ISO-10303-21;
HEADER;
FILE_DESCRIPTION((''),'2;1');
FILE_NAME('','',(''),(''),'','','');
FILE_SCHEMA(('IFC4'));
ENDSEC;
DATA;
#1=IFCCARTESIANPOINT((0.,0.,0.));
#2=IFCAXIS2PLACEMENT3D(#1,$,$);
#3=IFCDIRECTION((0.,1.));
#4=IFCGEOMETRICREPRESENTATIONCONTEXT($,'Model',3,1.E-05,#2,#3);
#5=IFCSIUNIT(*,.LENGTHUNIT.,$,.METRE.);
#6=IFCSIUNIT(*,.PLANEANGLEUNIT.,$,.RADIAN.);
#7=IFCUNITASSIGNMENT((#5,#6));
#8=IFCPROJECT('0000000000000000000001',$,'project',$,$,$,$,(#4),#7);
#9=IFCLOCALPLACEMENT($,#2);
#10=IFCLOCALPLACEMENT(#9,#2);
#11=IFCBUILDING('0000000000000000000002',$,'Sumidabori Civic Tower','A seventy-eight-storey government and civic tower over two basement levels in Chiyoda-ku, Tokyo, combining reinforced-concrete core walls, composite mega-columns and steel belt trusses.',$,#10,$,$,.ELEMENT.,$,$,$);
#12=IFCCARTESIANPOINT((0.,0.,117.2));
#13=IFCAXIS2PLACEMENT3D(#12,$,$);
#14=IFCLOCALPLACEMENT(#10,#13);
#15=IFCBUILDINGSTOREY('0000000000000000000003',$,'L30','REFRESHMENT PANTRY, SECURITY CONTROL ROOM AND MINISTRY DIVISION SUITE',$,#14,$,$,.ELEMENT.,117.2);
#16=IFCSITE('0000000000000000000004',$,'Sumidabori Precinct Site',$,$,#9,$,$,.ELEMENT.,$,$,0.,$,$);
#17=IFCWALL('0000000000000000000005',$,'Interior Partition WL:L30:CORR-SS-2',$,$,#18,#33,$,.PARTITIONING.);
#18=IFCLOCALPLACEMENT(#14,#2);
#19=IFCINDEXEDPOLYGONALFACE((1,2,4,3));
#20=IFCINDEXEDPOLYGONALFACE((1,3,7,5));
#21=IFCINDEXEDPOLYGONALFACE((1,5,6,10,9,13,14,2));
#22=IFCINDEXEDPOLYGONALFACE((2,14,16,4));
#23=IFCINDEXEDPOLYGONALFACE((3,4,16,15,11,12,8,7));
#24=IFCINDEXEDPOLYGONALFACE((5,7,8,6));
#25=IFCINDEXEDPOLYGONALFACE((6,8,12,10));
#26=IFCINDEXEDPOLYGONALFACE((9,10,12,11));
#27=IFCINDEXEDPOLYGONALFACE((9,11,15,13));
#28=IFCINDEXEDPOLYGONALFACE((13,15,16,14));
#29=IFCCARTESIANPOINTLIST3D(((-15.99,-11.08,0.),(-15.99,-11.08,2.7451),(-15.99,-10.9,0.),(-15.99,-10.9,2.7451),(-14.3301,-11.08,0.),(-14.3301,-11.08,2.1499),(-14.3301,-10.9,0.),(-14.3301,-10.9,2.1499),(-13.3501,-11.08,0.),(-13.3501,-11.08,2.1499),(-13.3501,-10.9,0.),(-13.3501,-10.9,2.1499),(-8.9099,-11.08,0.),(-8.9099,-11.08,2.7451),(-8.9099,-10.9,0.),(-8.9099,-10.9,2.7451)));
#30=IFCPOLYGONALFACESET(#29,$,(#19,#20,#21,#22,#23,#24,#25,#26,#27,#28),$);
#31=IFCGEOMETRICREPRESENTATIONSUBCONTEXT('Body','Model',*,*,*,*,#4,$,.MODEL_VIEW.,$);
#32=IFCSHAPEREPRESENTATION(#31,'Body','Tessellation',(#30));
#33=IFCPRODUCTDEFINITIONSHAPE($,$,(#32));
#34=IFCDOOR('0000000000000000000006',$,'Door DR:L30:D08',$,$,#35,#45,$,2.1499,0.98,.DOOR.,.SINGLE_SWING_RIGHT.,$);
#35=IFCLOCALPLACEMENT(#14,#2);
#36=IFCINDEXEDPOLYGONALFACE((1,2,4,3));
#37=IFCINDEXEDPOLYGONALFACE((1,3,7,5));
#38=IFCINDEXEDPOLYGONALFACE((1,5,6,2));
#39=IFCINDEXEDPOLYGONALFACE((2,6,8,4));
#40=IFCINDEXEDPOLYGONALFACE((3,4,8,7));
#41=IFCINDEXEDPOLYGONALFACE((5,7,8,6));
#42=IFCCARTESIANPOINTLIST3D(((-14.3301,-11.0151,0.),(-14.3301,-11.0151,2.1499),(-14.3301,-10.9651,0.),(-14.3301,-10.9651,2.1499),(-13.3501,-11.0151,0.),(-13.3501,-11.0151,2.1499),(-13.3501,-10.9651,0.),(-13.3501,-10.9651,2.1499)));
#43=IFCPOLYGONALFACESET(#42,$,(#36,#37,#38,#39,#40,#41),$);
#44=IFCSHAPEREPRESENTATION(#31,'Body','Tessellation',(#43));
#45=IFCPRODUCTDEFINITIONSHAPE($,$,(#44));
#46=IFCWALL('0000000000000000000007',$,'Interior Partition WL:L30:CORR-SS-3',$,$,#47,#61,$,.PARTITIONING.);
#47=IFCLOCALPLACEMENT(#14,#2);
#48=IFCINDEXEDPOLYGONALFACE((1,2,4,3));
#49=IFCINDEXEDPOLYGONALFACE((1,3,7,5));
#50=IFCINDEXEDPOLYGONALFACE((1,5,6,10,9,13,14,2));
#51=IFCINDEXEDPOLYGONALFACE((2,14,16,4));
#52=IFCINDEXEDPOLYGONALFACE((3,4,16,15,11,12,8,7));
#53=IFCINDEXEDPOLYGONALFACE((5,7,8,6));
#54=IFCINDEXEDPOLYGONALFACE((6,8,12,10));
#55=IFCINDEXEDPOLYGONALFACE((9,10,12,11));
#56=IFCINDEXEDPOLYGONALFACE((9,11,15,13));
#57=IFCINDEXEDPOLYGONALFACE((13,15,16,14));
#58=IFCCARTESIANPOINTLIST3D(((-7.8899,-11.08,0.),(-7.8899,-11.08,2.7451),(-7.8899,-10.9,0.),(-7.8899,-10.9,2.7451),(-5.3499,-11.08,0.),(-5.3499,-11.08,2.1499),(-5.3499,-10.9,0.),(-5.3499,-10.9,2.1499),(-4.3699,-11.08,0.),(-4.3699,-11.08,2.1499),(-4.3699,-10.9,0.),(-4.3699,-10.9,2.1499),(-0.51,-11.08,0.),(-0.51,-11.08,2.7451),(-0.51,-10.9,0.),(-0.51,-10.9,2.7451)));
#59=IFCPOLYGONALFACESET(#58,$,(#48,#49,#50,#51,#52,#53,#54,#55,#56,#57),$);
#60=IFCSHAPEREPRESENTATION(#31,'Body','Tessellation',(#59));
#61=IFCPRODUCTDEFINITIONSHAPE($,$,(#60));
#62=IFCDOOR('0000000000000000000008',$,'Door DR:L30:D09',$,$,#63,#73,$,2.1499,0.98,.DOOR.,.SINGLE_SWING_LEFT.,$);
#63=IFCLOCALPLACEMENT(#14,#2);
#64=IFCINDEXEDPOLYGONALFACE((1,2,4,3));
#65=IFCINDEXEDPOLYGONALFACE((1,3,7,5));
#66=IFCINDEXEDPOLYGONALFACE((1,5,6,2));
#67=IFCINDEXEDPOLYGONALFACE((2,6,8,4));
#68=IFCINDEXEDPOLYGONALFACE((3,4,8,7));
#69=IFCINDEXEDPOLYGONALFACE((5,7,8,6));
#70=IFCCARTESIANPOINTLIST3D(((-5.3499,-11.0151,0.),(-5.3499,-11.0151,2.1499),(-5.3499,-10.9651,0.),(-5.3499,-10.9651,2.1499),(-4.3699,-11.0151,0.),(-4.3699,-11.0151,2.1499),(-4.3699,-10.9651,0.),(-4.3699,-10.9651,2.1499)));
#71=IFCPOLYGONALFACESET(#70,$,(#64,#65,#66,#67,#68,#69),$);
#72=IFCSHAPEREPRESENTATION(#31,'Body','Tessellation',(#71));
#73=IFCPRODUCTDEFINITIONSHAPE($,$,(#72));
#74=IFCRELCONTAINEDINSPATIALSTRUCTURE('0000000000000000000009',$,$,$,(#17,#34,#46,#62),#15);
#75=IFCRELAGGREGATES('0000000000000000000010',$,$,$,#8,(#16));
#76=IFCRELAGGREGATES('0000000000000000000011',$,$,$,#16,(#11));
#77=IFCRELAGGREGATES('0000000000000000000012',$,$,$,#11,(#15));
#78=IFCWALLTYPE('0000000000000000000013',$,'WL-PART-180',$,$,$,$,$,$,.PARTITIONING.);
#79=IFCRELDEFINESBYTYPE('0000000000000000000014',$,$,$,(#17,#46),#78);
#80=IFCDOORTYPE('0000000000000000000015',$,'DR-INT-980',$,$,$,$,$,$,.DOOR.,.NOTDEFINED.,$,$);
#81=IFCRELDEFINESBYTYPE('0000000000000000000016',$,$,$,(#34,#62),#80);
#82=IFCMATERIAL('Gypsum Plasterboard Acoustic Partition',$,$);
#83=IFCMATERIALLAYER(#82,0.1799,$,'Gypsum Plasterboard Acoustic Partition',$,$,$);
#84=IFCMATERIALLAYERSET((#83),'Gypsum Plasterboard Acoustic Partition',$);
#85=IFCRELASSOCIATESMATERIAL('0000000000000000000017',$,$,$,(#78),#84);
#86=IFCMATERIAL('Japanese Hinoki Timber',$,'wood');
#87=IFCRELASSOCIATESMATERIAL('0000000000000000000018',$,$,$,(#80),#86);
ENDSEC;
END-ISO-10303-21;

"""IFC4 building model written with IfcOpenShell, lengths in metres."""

from ifc_helpers import new_model, si_unit, direction, frame, frame_2d, origin, place, context, subcontext, project, spatial, rectangle, extrude, source, transform, mapped, material, layer, layer_set, type_object, element, fill, save


model = new_model("IFC4")

# Units and contexts
model_context = context("Model", 3, precision=1e-05, world=origin(), true_north=direction((0.0, 1.0)))
body_context = subcontext(model_context, "Body", "Model", "MODEL_VIEW")
ifc_project = project(units=[si_unit("LENGTHUNIT", "METRE"), si_unit("PLANEANGLEUNIT", "RADIAN")], contexts=[model_context])

# Site, building, storey
site_placement = place(None, origin())
site = spatial("IfcSite", under=ifc_project, at=site_placement, Name="Sumidabori Precinct Site", CompositionType="ELEMENT", RefElevation=0.0)
building_placement = place(site_placement, origin())
building = spatial("IfcBuilding", under=site, at=building_placement, Name="Sumidabori Civic Tower", Description="A seventy-eight-storey government and civic tower over two basement levels in Chiyoda-ku, Tokyo, combining reinforced-concrete core walls, composite mega-columns and steel belt trusses.", CompositionType="ELEMENT")
storey_placement = place(building_placement, frame((0.0, 0.0, 117.2)))
storey = spatial("IfcBuildingStorey", under=building, at=storey_placement, Name="L30", Description="REFRESHMENT PANTRY, SECURITY CONTROL ROOM AND MINISTRY DIVISION SUITE", CompositionType="ELEMENT", Elevation=117.2)

# Shared definitions
ifc_material_1 = material(Name="Gypsum Plasterboard Acoustic Partition")
ifc_layer = layer(ifc_material_1, 0.1799, Name="Gypsum Plasterboard Acoustic Partition")
ifc_layer_set = layer_set([ifc_layer], Name="Gypsum Plasterboard Acoustic Partition")
wall_type = type_object("IfcWallType", Name="WL-PART-180", PredefinedType="PARTITIONING", material=ifc_layer_set)

# Walls, openings, doors
shared_shape_1 = source(origin(), body_context, "Body", "SweptSolid", [
    extrude(rectangle(XDim=7.0801, YDim=0.1799, at=frame_2d((3.54, 0.0))), origin(), (0.0, 0.0, 1.0), 2.7451),
])
wall_1_placement = place(storey_placement, frame((-15.99, -10.99, 0.0), z_axis=(0.0, 0.0, 1.0), x_axis=(1.0, 0.0, 0.0)))
wall_1 = element("IfcWall", 1, at=wall_1_placement, inside=storey, type_object=wall_type, Name="Interior Partition WL:L30:CORR-SS-2", PredefinedType="PARTITIONING", context=body_context, shape_type="MappedRepresentation", body=[
    mapped(shared_shape_1, transform((0.0, 0.0, 0.0), x_axis=(1.0, 0.0, 0.0), y_axis=(0.0, 1.0, 0.0), z_axis=(0.0, 0.0, 1.0), scale=1.0)),
])
opening_1_placement = place(wall_1_placement, frame((1.6599, 0.0, 0.0)))
opening_1 = element("IfcOpeningElement", 2, at=opening_1_placement, cuts=wall_1, PredefinedType="OPENING", context=body_context, shape_type="SweptSolid", body=[
    extrude(rectangle(XDim=0.98, YDim=2.1499, at=frame_2d((0.49, 1.075))), frame((0.0, 0.1021, 0.0), z_axis=(0.0, -1.0, 0.0), x_axis=(1.0, 0.0, 0.0)), (0.0, 0.0, 1.0), 0.2039),
])
ifc_material_2 = material(Name="Japanese Hinoki Timber", Category="wood")
door_type = type_object("IfcDoorType", Name="DR-INT-980", OperationType="NOTDEFINED", PredefinedType="DOOR", material=ifc_material_2)
shared_shape_2 = source(origin(), body_context, "Body", "SweptSolid", [
    extrude(rectangle(XDim=0.98, YDim=2.1499, at=frame_2d((0.49, 1.075))), frame((0.0, 0.0249, 0.0), z_axis=(0.0, -1.0, 0.0), x_axis=(1.0, 0.0, 0.0)), (0.0, 0.0, 1.0), 0.05),
])
door_1_placement = place(opening_1_placement, origin())
door_1 = element("IfcDoor", 3, at=door_1_placement, inside=storey, type_object=door_type, Name="Door DR:L30:D08", OperationType="SINGLE_SWING_RIGHT", OverallHeight=2.1499, OverallWidth=0.98, PredefinedType="DOOR", context=body_context, shape_type="MappedRepresentation", body=[
    mapped(shared_shape_2, transform((0.0, 0.0, 0.0), x_axis=(1.0, 0.0, 0.0), y_axis=(0.0, 1.0, 0.0), z_axis=(0.0, 0.0, 1.0), scale=1.0)),
])
fill(opening_1, door_1)
shared_shape_3 = source(origin(), body_context, "Body", "SweptSolid", [
    extrude(rectangle(XDim=7.3799, YDim=0.1799, at=frame_2d((3.6899, 0.0))), origin(), (0.0, 0.0, 1.0), 2.7451),
])
wall_2_placement = place(storey_placement, frame((-7.8899, -10.99, 0.0), z_axis=(0.0, 0.0, 1.0), x_axis=(1.0, 0.0, 0.0)))
wall_2 = element("IfcWall", 4, at=wall_2_placement, inside=storey, type_object=wall_type, Name="Interior Partition WL:L30:CORR-SS-3", PredefinedType="PARTITIONING", context=body_context, shape_type="MappedRepresentation", body=[
    mapped(shared_shape_3, transform((0.0, 0.0, 0.0), x_axis=(1.0, 0.0, 0.0), y_axis=(0.0, 1.0, 0.0), z_axis=(0.0, 0.0, 1.0), scale=1.0)),
])
opening_2_placement = place(wall_2_placement, frame((2.54, 0.0, 0.0)))
opening_2 = element("IfcOpeningElement", 5, at=opening_2_placement, cuts=wall_2, PredefinedType="OPENING", context=body_context, shape_type="SweptSolid", body=[
    extrude(rectangle(XDim=0.98, YDim=2.1499, at=frame_2d((0.49, 1.075))), frame((0.0, 0.1021, 0.0), z_axis=(0.0, -1.0, 0.0), x_axis=(1.0, 0.0, 0.0)), (0.0, 0.0, 1.0), 0.2039),
])
door_2_placement = place(opening_2_placement, origin())
door_2 = element("IfcDoor", 6, at=door_2_placement, inside=storey, type_object=door_type, Name="Door DR:L30:D09", OperationType="SINGLE_SWING_LEFT", OverallHeight=2.1499, OverallWidth=0.98, PredefinedType="DOOR", context=body_context, shape_type="MappedRepresentation", body=[
    mapped(shared_shape_2, transform((0.0, 0.0, 0.0), x_axis=(1.0, 0.0, 0.0), y_axis=(0.0, 1.0, 0.0), z_axis=(0.0, 0.0, 1.0), scale=1.0)),
])
fill(opening_2, door_2)

save(model, "model.ifc")
